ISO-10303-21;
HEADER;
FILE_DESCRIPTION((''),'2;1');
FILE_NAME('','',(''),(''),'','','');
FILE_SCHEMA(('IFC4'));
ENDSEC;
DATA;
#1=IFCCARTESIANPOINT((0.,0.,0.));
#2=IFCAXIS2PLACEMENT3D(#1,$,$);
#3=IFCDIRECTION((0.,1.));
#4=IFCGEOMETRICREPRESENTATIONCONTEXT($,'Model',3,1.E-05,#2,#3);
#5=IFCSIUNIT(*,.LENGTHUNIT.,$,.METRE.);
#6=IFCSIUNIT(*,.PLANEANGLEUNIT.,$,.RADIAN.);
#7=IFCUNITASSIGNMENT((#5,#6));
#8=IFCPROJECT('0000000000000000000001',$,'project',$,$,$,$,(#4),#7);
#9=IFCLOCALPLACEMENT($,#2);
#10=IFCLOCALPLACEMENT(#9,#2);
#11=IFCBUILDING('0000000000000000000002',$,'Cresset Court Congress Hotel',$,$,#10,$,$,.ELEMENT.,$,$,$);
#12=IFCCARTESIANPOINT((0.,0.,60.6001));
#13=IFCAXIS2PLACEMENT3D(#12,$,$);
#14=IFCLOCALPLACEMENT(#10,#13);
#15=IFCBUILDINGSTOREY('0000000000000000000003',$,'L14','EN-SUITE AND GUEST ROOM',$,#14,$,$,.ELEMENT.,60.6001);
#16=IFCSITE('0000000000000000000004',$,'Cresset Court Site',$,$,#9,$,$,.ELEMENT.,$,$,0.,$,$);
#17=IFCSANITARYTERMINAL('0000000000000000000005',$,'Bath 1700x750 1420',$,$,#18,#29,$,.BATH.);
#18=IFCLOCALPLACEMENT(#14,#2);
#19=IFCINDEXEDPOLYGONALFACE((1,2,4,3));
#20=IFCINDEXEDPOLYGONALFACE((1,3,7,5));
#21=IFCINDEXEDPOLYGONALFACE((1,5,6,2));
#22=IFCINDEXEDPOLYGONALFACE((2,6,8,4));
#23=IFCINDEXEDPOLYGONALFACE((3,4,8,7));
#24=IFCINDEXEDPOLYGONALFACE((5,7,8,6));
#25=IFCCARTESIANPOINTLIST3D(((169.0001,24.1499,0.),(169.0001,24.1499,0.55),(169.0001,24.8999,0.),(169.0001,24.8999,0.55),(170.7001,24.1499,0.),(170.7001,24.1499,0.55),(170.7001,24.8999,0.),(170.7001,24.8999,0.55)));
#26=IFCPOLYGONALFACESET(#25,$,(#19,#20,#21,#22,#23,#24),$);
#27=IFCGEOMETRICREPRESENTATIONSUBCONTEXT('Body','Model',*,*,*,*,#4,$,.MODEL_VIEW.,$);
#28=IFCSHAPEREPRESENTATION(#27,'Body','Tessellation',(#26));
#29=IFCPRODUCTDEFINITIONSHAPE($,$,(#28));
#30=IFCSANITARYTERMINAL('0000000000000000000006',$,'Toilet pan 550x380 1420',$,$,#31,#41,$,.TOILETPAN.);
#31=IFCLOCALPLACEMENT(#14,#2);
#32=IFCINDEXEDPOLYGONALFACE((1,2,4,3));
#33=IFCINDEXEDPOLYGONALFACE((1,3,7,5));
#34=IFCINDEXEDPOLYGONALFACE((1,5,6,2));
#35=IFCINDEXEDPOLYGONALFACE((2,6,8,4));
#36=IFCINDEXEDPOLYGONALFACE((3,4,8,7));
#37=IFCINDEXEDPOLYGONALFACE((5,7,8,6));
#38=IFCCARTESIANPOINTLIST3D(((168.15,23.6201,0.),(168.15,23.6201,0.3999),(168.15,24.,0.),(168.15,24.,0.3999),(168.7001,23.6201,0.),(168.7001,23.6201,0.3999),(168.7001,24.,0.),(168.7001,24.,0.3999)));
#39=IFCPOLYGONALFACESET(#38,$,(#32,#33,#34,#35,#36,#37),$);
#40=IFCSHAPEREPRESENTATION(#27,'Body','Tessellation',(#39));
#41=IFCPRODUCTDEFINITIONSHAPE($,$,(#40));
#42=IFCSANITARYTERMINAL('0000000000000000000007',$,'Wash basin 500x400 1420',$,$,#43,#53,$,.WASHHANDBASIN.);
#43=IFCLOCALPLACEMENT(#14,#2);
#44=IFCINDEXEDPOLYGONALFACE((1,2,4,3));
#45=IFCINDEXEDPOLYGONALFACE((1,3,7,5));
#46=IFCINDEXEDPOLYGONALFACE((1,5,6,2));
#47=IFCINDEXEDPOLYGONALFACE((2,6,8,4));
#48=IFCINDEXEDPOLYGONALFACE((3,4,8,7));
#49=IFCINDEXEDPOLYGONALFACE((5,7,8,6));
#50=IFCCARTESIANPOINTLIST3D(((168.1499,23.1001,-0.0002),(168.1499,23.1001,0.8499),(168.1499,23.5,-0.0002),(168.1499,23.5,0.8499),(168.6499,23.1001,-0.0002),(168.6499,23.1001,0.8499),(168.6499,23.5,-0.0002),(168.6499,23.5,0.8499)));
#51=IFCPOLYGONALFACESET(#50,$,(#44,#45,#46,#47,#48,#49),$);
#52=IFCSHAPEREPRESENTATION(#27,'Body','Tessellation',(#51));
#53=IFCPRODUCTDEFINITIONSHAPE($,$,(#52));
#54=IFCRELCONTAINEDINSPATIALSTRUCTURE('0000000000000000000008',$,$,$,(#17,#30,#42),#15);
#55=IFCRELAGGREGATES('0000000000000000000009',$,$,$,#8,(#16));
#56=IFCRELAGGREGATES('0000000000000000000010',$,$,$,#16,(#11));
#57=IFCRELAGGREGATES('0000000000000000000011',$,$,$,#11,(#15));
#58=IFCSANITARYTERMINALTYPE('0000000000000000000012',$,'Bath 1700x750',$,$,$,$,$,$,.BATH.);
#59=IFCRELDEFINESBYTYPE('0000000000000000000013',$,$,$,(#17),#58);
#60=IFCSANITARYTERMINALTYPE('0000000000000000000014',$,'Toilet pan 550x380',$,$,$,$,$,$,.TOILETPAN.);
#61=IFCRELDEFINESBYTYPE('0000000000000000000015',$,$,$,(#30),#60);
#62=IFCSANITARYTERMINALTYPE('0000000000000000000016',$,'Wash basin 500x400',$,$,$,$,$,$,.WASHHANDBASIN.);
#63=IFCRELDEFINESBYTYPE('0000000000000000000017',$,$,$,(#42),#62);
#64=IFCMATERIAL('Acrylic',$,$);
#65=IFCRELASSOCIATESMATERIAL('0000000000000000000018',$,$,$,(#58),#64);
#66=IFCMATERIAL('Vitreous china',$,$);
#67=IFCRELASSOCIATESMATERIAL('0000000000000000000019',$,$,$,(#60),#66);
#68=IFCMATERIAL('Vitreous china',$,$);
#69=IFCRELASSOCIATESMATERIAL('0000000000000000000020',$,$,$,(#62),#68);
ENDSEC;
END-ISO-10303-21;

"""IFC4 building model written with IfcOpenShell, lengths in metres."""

from ifc_helpers import new_model, si_unit, direction, frame, origin, origin_2d, place, context, subcontext, project, spatial, rectangle, extrude, material, type_object, element, save


model = new_model("IFC4")

# Units and contexts
model_context = context("Model", 3, precision=1e-05, world=origin(), true_north=direction((0.0, 1.0)))
body_context = subcontext(model_context, "Body", "Model", "MODEL_VIEW")
ifc_project = project(units=[si_unit("LENGTHUNIT", "METRE"), si_unit("PLANEANGLEUNIT", "RADIAN")], contexts=[model_context])

# Site, building, storey
site_placement = place(None, origin())
site = spatial("IfcSite", under=ifc_project, at=site_placement, Name="Cresset Court Site", CompositionType="ELEMENT", RefElevation=0.0)
building_placement = place(site_placement, origin())
building = spatial("IfcBuilding", under=site, at=building_placement, Name="Cresset Court Congress Hotel", CompositionType="ELEMENT")
storey_placement = place(building_placement, frame((0.0, 0.0, 60.6001)))
storey = spatial("IfcBuildingStorey", under=building, at=storey_placement, Name="L14", Description="EN-SUITE AND GUEST ROOM", CompositionType="ELEMENT", Elevation=60.6001)

# Sanitary terminals
ifc_material_1 = material(Name="Acrylic")
sanitary_terminal_type_1 = type_object("IfcSanitaryTerminalType", Name="Bath 1700x750", PredefinedType="BATH", material=ifc_material_1)
sanitary_terminal_1_placement = place(storey_placement, frame((169.8501, 24.5249, 0.0), z_axis=(0.0, 0.0, 1.0), x_axis=(1.0, 0.0, 0.0)))
element("IfcSanitaryTerminal", 1, at=sanitary_terminal_1_placement, inside=storey, type_object=sanitary_terminal_type_1, Name="Bath 1700x750 1420", PredefinedType="BATH", context=body_context, shape_type="SweptSolid", body=[
    extrude(rectangle(XDim=1.7, YDim=0.75, at=origin_2d()), origin(), (0.0, 0.0, 1.0), 0.55),
])
ifc_material_2 = material(Name="Vitreous china")
sanitary_terminal_type_2 = type_object("IfcSanitaryTerminalType", Name="Toilet pan 550x380", PredefinedType="TOILETPAN", material=ifc_material_2)
sanitary_terminal_2_placement = place(storey_placement, frame((168.425, 23.8101, 0.0), z_axis=(0.0, 0.0, 1.0), x_axis=(1.0, 0.0, 0.0)))
element("IfcSanitaryTerminal", 2, at=sanitary_terminal_2_placement, inside=storey, type_object=sanitary_terminal_type_2, Name="Toilet pan 550x380 1420", PredefinedType="TOILETPAN", context=body_context, shape_type="SweptSolid", body=[
    extrude(rectangle(XDim=0.55, YDim=0.3799, at=origin_2d()), origin(), (0.0, 0.0, 1.0), 0.3999),
])
ifc_material_3 = material(Name="Vitreous china")
sanitary_terminal_type_3 = type_object("IfcSanitaryTerminalType", Name="Wash basin 500x400", PredefinedType="WASHHANDBASIN", material=ifc_material_3)
sanitary_terminal_3_placement = place(storey_placement, frame((168.3999, 23.3, -0.0002), z_axis=(0.0, 0.0, 1.0), x_axis=(1.0, 0.0, 0.0)))
element("IfcSanitaryTerminal", 3, at=sanitary_terminal_3_placement, inside=storey, type_object=sanitary_terminal_type_3, Name="Wash basin 500x400 1420", PredefinedType="WASHHANDBASIN", context=body_context, shape_type="SweptSolid", body=[
    extrude(rectangle(XDim=0.5, YDim=0.3999, at=origin_2d()), origin(), (0.0, 0.0, 1.0), 0.8501),
])

save(model, "model.ifc")
